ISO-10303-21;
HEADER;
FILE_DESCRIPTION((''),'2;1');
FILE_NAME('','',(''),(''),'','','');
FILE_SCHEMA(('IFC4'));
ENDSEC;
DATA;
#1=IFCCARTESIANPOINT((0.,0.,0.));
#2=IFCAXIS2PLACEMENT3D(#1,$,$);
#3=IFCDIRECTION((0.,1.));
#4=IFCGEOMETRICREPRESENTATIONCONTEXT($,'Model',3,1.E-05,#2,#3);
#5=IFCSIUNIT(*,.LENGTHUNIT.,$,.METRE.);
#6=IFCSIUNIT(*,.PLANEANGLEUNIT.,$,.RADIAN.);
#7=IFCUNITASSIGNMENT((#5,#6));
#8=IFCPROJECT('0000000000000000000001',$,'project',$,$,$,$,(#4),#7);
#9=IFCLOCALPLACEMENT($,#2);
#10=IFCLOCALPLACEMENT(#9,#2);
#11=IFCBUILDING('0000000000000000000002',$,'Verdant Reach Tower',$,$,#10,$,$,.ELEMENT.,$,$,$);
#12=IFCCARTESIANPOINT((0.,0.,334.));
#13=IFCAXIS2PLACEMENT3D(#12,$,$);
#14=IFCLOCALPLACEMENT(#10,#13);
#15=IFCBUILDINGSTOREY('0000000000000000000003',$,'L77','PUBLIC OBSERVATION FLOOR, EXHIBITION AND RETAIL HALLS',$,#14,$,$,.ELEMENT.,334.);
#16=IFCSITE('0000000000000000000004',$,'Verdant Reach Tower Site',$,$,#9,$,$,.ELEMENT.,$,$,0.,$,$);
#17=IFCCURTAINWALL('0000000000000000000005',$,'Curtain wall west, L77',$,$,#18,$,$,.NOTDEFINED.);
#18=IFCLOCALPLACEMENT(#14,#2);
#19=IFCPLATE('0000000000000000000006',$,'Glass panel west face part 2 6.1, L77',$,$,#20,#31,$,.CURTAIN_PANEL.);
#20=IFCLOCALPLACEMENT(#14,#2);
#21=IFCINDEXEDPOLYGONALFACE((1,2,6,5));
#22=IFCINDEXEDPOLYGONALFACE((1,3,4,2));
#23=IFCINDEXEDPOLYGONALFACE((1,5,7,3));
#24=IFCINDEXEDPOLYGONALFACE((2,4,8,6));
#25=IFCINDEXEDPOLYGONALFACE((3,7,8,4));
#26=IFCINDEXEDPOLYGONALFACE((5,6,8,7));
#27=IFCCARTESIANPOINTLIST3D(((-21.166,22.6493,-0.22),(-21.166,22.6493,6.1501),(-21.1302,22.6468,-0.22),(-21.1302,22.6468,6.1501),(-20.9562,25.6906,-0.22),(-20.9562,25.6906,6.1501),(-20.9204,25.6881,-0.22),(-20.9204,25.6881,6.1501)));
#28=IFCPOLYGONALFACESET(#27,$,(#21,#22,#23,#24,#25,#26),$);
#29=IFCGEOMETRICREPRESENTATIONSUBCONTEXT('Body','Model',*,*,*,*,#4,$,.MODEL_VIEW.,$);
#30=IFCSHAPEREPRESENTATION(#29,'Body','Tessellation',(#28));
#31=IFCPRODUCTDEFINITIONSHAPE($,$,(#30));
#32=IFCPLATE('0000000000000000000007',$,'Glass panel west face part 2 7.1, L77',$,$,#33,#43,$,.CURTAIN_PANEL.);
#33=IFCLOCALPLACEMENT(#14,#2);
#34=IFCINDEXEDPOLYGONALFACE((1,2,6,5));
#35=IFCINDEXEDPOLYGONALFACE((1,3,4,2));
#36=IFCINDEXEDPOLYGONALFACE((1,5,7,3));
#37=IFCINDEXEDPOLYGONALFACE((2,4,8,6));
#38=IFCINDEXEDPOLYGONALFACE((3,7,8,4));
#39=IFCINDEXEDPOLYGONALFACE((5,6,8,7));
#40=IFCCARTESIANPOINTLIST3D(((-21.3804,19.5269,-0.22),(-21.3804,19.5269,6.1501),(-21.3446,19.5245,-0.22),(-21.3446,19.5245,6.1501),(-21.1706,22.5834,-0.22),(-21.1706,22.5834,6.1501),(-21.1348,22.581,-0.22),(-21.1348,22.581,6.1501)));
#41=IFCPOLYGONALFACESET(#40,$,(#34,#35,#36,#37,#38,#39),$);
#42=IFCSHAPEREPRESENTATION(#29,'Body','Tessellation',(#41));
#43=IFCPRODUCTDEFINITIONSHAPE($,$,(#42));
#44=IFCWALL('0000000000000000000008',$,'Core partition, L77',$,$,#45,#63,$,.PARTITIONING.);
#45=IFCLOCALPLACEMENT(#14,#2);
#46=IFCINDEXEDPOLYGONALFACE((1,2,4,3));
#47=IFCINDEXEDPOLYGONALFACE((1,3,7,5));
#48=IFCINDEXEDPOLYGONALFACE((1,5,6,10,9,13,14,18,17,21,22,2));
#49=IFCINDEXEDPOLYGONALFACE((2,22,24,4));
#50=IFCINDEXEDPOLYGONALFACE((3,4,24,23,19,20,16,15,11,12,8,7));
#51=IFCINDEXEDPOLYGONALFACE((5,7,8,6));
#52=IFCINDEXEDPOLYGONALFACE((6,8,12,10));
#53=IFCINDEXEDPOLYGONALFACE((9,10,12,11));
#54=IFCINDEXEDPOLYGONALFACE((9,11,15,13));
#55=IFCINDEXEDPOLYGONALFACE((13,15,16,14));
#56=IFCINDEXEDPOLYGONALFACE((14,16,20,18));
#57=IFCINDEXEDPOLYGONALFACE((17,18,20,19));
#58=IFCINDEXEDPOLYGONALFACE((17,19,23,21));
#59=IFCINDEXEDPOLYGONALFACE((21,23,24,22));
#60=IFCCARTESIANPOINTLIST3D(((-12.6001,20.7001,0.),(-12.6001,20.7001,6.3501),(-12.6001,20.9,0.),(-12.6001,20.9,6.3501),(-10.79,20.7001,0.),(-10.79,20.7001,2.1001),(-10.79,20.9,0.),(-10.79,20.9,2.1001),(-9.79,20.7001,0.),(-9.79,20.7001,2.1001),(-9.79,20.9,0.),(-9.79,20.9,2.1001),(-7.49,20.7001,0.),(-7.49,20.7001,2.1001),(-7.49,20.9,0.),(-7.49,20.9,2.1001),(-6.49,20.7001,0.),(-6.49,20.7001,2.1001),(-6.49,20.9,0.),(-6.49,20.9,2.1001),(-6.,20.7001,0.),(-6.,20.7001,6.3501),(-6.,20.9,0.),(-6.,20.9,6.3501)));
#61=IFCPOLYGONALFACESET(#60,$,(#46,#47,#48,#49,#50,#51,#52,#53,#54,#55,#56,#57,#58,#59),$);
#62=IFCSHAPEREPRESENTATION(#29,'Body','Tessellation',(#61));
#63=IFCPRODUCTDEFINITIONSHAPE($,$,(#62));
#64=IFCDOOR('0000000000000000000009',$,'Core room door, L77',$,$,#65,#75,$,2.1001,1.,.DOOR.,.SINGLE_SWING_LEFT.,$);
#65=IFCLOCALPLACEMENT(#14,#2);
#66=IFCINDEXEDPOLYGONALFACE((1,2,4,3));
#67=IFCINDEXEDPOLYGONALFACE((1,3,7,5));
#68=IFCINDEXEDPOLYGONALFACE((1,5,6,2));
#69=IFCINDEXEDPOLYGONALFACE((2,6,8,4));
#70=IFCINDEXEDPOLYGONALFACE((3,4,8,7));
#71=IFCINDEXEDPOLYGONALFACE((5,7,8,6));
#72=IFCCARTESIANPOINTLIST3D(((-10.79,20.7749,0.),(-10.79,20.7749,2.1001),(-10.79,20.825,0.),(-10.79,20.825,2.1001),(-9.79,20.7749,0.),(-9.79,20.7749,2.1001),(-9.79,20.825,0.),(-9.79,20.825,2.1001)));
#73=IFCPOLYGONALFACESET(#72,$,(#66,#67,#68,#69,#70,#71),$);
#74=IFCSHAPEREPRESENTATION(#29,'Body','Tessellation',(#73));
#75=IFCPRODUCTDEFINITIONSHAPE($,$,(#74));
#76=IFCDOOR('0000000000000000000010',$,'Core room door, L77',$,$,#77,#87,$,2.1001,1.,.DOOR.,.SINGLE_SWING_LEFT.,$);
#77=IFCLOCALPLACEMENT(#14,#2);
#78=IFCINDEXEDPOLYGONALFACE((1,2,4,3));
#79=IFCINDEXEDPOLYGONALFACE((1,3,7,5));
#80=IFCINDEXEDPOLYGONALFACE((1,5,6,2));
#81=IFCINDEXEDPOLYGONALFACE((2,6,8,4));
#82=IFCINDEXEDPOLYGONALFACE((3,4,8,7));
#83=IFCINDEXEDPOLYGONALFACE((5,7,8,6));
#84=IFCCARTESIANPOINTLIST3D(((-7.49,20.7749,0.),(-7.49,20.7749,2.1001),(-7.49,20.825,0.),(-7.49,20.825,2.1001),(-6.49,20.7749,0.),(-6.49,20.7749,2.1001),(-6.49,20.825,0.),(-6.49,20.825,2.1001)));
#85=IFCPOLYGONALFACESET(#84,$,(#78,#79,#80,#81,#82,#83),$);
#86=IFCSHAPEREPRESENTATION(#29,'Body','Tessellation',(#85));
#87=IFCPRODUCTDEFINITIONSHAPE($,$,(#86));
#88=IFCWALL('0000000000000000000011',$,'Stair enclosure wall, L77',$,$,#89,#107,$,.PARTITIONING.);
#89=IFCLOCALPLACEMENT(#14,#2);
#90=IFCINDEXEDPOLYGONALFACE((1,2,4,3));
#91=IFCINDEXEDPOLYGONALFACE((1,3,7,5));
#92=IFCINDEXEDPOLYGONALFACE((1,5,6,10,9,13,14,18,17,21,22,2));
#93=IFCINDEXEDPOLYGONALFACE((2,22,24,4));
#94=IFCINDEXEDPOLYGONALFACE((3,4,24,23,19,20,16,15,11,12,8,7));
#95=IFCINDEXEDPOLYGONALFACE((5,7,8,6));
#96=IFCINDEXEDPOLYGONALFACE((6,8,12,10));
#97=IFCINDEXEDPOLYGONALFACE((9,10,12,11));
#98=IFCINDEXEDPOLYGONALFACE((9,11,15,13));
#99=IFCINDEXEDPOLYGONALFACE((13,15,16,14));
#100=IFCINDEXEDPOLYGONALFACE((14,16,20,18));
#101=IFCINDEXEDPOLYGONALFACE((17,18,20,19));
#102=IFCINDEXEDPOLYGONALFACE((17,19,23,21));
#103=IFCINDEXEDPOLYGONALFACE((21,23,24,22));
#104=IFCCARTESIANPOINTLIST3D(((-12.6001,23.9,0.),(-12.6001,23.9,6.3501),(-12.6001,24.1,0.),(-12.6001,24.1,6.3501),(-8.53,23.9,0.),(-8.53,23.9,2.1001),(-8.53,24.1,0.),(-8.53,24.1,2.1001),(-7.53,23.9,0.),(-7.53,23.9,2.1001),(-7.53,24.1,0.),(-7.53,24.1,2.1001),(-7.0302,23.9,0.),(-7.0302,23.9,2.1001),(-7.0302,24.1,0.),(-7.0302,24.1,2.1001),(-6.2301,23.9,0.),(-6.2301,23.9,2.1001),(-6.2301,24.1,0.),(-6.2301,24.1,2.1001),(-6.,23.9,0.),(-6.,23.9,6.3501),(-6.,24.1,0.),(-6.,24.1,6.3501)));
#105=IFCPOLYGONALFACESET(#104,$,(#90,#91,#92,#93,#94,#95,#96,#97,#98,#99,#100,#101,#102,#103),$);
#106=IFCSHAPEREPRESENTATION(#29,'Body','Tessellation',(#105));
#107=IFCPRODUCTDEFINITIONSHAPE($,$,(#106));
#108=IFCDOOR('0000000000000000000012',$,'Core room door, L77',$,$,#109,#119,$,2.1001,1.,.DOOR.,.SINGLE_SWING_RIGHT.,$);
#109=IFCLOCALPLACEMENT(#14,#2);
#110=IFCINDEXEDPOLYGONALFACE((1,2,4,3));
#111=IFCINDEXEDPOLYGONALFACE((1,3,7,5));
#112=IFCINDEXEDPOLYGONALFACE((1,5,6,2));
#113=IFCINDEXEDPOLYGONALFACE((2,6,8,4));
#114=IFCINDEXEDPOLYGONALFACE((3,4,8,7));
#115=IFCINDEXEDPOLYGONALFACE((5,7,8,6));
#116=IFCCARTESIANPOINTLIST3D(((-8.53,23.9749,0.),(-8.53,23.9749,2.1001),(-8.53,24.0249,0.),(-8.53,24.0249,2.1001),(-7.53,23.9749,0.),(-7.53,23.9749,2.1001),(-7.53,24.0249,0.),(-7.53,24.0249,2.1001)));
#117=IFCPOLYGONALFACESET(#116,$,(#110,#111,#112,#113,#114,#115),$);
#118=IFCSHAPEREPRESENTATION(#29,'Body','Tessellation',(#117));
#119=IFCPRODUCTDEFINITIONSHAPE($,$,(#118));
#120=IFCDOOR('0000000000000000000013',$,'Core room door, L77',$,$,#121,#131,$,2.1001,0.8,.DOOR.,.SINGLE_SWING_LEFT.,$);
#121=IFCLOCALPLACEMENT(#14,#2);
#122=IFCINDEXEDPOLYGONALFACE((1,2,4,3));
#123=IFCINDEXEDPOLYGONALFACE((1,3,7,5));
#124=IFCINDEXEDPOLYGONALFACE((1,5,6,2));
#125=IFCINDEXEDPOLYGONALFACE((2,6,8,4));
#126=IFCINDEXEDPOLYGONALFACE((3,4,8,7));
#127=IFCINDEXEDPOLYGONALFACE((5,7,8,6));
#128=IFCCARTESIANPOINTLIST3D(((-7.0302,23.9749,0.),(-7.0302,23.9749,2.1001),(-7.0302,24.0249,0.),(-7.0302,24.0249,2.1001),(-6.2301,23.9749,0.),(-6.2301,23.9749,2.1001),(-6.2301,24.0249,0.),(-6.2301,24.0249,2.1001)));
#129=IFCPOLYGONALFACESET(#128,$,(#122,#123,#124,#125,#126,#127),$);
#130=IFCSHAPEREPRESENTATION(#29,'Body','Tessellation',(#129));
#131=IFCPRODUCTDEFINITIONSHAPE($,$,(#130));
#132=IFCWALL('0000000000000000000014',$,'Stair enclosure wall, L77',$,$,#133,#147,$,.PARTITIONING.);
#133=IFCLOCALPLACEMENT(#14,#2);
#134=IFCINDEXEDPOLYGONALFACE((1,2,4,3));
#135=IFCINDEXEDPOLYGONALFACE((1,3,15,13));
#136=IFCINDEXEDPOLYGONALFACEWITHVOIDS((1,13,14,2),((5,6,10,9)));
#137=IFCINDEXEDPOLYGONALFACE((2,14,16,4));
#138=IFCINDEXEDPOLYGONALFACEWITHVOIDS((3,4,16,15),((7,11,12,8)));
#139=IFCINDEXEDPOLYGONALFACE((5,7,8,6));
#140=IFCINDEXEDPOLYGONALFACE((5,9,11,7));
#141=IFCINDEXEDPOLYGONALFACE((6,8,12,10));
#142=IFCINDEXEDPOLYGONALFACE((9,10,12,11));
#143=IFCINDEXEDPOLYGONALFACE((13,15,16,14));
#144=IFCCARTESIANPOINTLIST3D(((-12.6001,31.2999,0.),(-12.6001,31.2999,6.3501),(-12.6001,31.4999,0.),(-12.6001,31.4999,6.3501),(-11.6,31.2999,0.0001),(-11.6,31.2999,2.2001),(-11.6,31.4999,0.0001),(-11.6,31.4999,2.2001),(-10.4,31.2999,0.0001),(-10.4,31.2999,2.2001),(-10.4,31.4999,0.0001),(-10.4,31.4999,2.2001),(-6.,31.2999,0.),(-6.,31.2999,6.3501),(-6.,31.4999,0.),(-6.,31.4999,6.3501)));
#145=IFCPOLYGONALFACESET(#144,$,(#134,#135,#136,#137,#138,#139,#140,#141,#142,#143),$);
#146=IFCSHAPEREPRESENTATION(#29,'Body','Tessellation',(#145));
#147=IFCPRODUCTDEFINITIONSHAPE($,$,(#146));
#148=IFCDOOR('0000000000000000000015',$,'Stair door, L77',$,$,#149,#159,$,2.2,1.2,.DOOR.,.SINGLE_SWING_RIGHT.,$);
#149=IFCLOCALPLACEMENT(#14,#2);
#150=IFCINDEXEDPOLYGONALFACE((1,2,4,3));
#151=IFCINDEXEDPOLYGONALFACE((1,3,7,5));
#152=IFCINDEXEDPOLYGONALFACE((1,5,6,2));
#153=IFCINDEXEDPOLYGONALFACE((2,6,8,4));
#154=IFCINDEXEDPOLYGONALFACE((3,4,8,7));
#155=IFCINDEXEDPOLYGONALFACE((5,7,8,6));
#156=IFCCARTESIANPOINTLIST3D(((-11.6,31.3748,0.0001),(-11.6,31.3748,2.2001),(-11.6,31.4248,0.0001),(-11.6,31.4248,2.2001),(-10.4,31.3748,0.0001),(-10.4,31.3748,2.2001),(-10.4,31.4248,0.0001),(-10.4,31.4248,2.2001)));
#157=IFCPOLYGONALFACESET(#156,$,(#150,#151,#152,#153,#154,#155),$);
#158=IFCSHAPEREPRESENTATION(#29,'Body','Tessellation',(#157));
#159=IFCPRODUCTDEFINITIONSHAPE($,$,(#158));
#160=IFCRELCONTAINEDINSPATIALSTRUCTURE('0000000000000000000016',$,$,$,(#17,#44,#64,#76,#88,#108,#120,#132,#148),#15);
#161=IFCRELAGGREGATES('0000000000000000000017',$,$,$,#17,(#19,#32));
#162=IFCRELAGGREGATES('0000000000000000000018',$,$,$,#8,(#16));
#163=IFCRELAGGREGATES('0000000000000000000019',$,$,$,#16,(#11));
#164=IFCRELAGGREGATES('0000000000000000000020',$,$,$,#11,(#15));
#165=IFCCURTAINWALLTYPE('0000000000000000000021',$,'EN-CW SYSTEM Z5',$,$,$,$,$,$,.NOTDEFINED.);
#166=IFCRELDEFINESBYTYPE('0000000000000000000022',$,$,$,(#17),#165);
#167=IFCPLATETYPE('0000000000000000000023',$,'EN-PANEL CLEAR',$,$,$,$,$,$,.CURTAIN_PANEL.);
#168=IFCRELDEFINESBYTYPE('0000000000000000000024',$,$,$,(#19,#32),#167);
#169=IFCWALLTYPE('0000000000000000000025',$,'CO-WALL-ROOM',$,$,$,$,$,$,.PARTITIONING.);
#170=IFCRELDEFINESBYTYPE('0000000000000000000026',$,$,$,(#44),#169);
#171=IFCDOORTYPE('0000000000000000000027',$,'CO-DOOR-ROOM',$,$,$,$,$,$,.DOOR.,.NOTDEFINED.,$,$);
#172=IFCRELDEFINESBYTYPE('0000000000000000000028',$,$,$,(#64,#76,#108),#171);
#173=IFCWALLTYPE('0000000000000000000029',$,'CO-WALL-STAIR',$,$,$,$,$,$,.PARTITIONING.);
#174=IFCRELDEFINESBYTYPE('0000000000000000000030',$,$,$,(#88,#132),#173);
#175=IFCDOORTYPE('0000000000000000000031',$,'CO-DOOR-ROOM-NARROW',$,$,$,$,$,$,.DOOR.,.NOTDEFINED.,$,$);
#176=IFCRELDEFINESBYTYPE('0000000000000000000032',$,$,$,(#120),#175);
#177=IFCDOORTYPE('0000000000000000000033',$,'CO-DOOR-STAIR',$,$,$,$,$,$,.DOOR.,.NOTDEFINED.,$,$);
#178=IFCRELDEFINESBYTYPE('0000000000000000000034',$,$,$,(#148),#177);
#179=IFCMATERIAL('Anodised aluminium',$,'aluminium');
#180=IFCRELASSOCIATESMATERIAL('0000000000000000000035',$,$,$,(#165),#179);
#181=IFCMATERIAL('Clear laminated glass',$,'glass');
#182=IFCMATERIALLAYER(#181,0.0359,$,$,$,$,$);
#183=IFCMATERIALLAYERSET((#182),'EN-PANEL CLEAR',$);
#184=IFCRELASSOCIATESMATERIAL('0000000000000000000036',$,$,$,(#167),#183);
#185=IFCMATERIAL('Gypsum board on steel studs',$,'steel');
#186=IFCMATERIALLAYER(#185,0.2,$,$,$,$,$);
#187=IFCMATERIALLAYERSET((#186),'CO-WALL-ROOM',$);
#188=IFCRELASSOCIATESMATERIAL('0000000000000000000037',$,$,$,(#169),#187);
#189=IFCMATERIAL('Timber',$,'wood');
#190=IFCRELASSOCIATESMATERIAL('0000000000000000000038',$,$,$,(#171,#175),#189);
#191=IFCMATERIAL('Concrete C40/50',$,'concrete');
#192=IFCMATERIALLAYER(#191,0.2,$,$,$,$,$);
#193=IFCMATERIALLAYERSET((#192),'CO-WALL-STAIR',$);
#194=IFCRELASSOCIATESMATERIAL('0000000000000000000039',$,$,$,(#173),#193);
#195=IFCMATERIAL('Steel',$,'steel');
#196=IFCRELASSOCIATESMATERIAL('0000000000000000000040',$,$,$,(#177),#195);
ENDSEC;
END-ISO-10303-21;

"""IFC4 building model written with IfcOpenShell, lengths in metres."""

from ifc_helpers import new_model, si_unit, direction, frame, frame_2d, origin, origin_2d, place, context, subcontext, project, spatial, rectangle, extrude, material, layer, layer_set, type_object, element, fill, aggregate, save


model = new_model("IFC4")

# Units and contexts
model_context = context("Model", 3, precision=1e-05, world=origin(), true_north=direction((0.0, 1.0)))
body_context = subcontext(model_context, "Body", "Model", "MODEL_VIEW")
ifc_project = project(units=[si_unit("LENGTHUNIT", "METRE"), si_unit("PLANEANGLEUNIT", "RADIAN")], contexts=[model_context])

# Site, building, storey
site_placement = place(None, origin())
site = spatial("IfcSite", under=ifc_project, at=site_placement, Name="Verdant Reach Tower Site", CompositionType="ELEMENT", RefElevation=0.0)
building_placement = place(site_placement, origin())
building = spatial("IfcBuilding", under=site, at=building_placement, Name="Verdant Reach Tower", CompositionType="ELEMENT")
storey_placement = place(building_placement, frame((0.0, 0.0, 334.0)))
storey = spatial("IfcBuildingStorey", under=building, at=storey_placement, Name="L77", Description="PUBLIC OBSERVATION FLOOR, EXHIBITION AND RETAIL HALLS", CompositionType="ELEMENT", Elevation=334.0)

# Curtain wall
ifc_material_1 = material(Name="Anodised aluminium", Category="aluminium")
curtain_wall_type = type_object("IfcCurtainWallType", Name="EN-CW SYSTEM Z5", PredefinedType="NOTDEFINED", material=ifc_material_1)
curtain_wall_1_placement = place(storey_placement, origin())
curtain_wall_1 = element("IfcCurtainWall", 1, at=curtain_wall_1_placement, inside=storey, type_object=curtain_wall_type, Name="Curtain wall west, L77", PredefinedType="NOTDEFINED")

# Plates
ifc_material_2 = material(Name="Clear laminated glass", Category="glass")
ifc_layer_1 = layer(ifc_material_2, 0.0359)
ifc_layer_set_1 = layer_set([ifc_layer_1], Name="EN-PANEL CLEAR")
plate_type = type_object("IfcPlateType", Name="EN-PANEL CLEAR", PredefinedType="CURTAIN_PANEL", material=ifc_layer_set_1)
plate_1_placement = place(storey_placement, frame((-21.0432, 24.1687, -0.22), z_axis=(0.0, 0.0, 1.0), x_axis=(-0.068802, -0.99763, 0.0)))
plate_1 = element("IfcPlate", 2, at=plate_1_placement, type_object=plate_type, Name="Glass panel west face part 2 6.1, L77", PredefinedType="CURTAIN_PANEL", context=body_context, shape_type="SweptSolid", body=[
    extrude(rectangle(XDim=3.0486, YDim=0.0359, at=origin_2d()), origin(), (0.0, 0.0, 1.0), 6.3701),
])
plate_2_placement = place(storey_placement, frame((-21.2576, 21.054, -0.22), z_axis=(0.0, 0.0, 1.0), x_axis=(-0.06848, -0.997652, 0.0)))
plate_2 = element("IfcPlate", 3, at=plate_2_placement, type_object=plate_type, Name="Glass panel west face part 2 7.1, L77", PredefinedType="CURTAIN_PANEL", context=body_context, shape_type="SweptSolid", body=[
    extrude(rectangle(XDim=3.0637, YDim=0.0359, at=origin_2d()), origin(), (0.0, 0.0, 1.0), 6.3701),
])
aggregate(curtain_wall_1, [plate_1, plate_2])

# Walls, openings, doors
ifc_material_3 = material(Name="Gypsum board on steel studs", Category="steel")
ifc_layer_2 = layer(ifc_material_3, 0.2)
ifc_layer_set_2 = layer_set([ifc_layer_2], Name="CO-WALL-ROOM")
wall_type_1 = type_object("IfcWallType", Name="CO-WALL-ROOM", PredefinedType="PARTITIONING", material=ifc_layer_set_2)
wall_1_placement = place(storey_placement, frame((-12.6001, 20.8, 0.0), z_axis=(0.0, 0.0, 1.0), x_axis=(1.0, 0.0, 0.0)))
wall_1 = element("IfcWall", 4, at=wall_1_placement, inside=storey, type_object=wall_type_1, Name="Core partition, L77", PredefinedType="PARTITIONING", context=body_context, shape_type="SweptSolid", body=[
    extrude(rectangle(XDim=6.6001, YDim=0.2, at=frame_2d((3.3, 0.0))), origin(), (0.0, 0.0, 1.0), 6.3501),
])
opening_1_placement = place(wall_1_placement, frame((1.8101, 0.0, 0.0)))
opening_1 = element("IfcOpeningElement", 5, at=opening_1_placement, cuts=wall_1, PredefinedType="OPENING", context=body_context, shape_type="SweptSolid", body=[
    extrude(rectangle(XDim=1.0, YDim=2.1001, at=frame_2d((0.5, 1.05))), frame((0.0, 0.1099, 0.0), z_axis=(0.0, -1.0, 0.0), x_axis=(1.0, 0.0, 0.0)), (0.0, 0.0, 1.0), 0.22),
])
opening_2_placement = place(wall_1_placement, frame((5.1101, 0.0, 0.0)))
opening_2 = element("IfcOpeningElement", 6, at=opening_2_placement, cuts=wall_1, PredefinedType="OPENING", context=body_context, shape_type="SweptSolid", body=[
    extrude(rectangle(XDim=1.0, YDim=2.1001, at=frame_2d((0.5, 1.05))), frame((0.0, 0.1099, 0.0), z_axis=(0.0, -1.0, 0.0), x_axis=(1.0, 0.0, 0.0)), (0.0, 0.0, 1.0), 0.22),
])
ifc_material_4 = material(Name="Timber", Category="wood")
door_type_1 = type_object("IfcDoorType", Name="CO-DOOR-ROOM", OperationType="NOTDEFINED", PredefinedType="DOOR", material=ifc_material_4)
door_1_placement = place(opening_1_placement, origin())
door_1 = element("IfcDoor", 7, at=door_1_placement, inside=storey, type_object=door_type_1, Name="Core room door, L77", OperationType="SINGLE_SWING_LEFT", OverallHeight=2.1001, OverallWidth=1.0, PredefinedType="DOOR", context=body_context, shape_type="SweptSolid", body=[
    extrude(rectangle(XDim=1.0, YDim=2.1001, at=frame_2d((0.5, 1.05))), frame((0.0, 0.0249, 0.0), z_axis=(0.0, -1.0, 0.0), x_axis=(1.0, 0.0, 0.0)), (0.0, 0.0, 1.0), 0.05),
])
fill(opening_1, door_1)
door_2_placement = place(opening_2_placement, origin())
door_2 = element("IfcDoor", 8, at=door_2_placement, inside=storey, type_object=door_type_1, Name="Core room door, L77", OperationType="SINGLE_SWING_LEFT", OverallHeight=2.1001, OverallWidth=1.0, PredefinedType="DOOR", context=body_context, shape_type="SweptSolid", body=[
    extrude(rectangle(XDim=1.0, YDim=2.1001, at=frame_2d((0.5, 1.05))), frame((0.0, 0.0249, 0.0), z_axis=(0.0, -1.0, 0.0), x_axis=(1.0, 0.0, 0.0)), (0.0, 0.0, 1.0), 0.05),
])
fill(opening_2, door_2)
ifc_material_5 = material(Name="Concrete C40/50", Category="concrete")
ifc_layer_3 = layer(ifc_material_5, 0.2)
ifc_layer_set_3 = layer_set([ifc_layer_3], Name="CO-WALL-STAIR")
wall_type_2 = type_object("IfcWallType", Name="CO-WALL-STAIR", PredefinedType="PARTITIONING", material=ifc_layer_set_3)
wall_2_placement = place(storey_placement, frame((-12.6001, 24.0, 0.0), z_axis=(0.0, 0.0, 1.0), x_axis=(1.0, 0.0, 0.0)))
wall_2 = element("IfcWall", 9, at=wall_2_placement, inside=storey, type_object=wall_type_2, Name="Stair enclosure wall, L77", PredefinedType="PARTITIONING", context=body_context, shape_type="SweptSolid", body=[
    extrude(rectangle(XDim=6.6001, YDim=0.2, at=frame_2d((3.3, 0.0))), origin(), (0.0, 0.0, 1.0), 6.3501),
])
opening_3_placement = place(wall_2_placement, frame((4.0701, 0.0, 0.0)))
opening_3 = element("IfcOpeningElement", 10, at=opening_3_placement, cuts=wall_2, PredefinedType="OPENING", context=body_context, shape_type="SweptSolid", body=[
    extrude(rectangle(XDim=1.0, YDim=2.1001, at=frame_2d((0.5, 1.05))), frame((0.0, 0.1099, 0.0), z_axis=(0.0, -1.0, 0.0), x_axis=(1.0, 0.0, 0.0)), (0.0, 0.0, 1.0), 0.22),
])
opening_4_placement = place(wall_2_placement, frame((5.5701, 0.0, 0.0)))
opening_4 = element("IfcOpeningElement", 11, at=opening_4_placement, cuts=wall_2, PredefinedType="OPENING", context=body_context, shape_type="SweptSolid", body=[
    extrude(rectangle(XDim=0.8, YDim=2.1001, at=frame_2d((0.3999, 1.05))), frame((0.0, 0.1099, 0.0), z_axis=(0.0, -1.0, 0.0), x_axis=(1.0, 0.0, 0.0)), (0.0, 0.0, 1.0), 0.22),
])
door_3_placement = place(opening_3_placement, origin())
door_3 = element("IfcDoor", 12, at=door_3_placement, inside=storey, type_object=door_type_1, Name="Core room door, L77", OperationType="SINGLE_SWING_RIGHT", OverallHeight=2.1001, OverallWidth=1.0, PredefinedType="DOOR", context=body_context, shape_type="SweptSolid", body=[
    extrude(rectangle(XDim=1.0, YDim=2.1001, at=frame_2d((0.5, 1.05))), frame((0.0, 0.0249, 0.0), z_axis=(0.0, -1.0, 0.0), x_axis=(1.0, 0.0, 0.0)), (0.0, 0.0, 1.0), 0.05),
])
fill(opening_3, door_3)
door_type_2 = type_object("IfcDoorType", Name="CO-DOOR-ROOM-NARROW", OperationType="NOTDEFINED", PredefinedType="DOOR", material=ifc_material_4)
door_4_placement = place(opening_4_placement, origin())
door_4 = element("IfcDoor", 13, at=door_4_placement, inside=storey, type_object=door_type_2, Name="Core room door, L77", OperationType="SINGLE_SWING_LEFT", OverallHeight=2.1001, OverallWidth=0.8, PredefinedType="DOOR", context=body_context, shape_type="SweptSolid", body=[
    extrude(rectangle(XDim=0.8, YDim=2.1001, at=frame_2d((0.3999, 1.05))), frame((0.0, 0.0249, 0.0), z_axis=(0.0, -1.0, 0.0), x_axis=(1.0, 0.0, 0.0)), (0.0, 0.0, 1.0), 0.05),
])
fill(opening_4, door_4)

# Wall, opening, door
wall_3_placement = place(storey_placement, frame((-12.6001, 31.3999, 0.0), z_axis=(0.0, 0.0, 1.0), x_axis=(1.0, 0.0, 0.0)))
wall_3 = element("IfcWall", 14, at=wall_3_placement, inside=storey, type_object=wall_type_2, Name="Stair enclosure wall, L77", PredefinedType="PARTITIONING", context=body_context, shape_type="SweptSolid", body=[
    extrude(rectangle(XDim=6.6001, YDim=0.2, at=frame_2d((3.3, 0.0))), origin(), (0.0, 0.0, 1.0), 6.3501),
])
opening_5_placement = place(wall_3_placement, frame((1.0, 0.0, 0.0)))
opening_5 = element("IfcOpeningElement", 15, at=opening_5_placement, cuts=wall_3, PredefinedType="OPENING", context=body_context, shape_type="SweptSolid", body=[
    extrude(rectangle(XDim=1.2, YDim=2.2, at=frame_2d((0.6001, 1.1001))), frame((0.0, 0.1099, 0.0), z_axis=(0.0, -1.0, 0.0), x_axis=(1.0, 0.0, 0.0)), (0.0, 0.0, 1.0), 0.22),
])
ifc_material_6 = material(Name="Steel", Category="steel")
door_type_3 = type_object("IfcDoorType", Name="CO-DOOR-STAIR", OperationType="NOTDEFINED", PredefinedType="DOOR", material=ifc_material_6)
door_5_placement = place(opening_5_placement, origin())
door_5 = element("IfcDoor", 16, at=door_5_placement, inside=storey, type_object=door_type_3, Name="Stair door, L77", OperationType="SINGLE_SWING_RIGHT", OverallHeight=2.2, OverallWidth=1.2, PredefinedType="DOOR", context=body_context, shape_type="SweptSolid", body=[
    extrude(rectangle(XDim=1.2, YDim=2.2, at=frame_2d((0.6001, 1.1001))), frame((0.0, 0.0249, 0.0), z_axis=(0.0, -1.0, 0.0), x_axis=(1.0, 0.0, 0.0)), (0.0, 0.0, 1.0), 0.05),
])
fill(opening_5, door_5)

save(model, "model.ifc")
